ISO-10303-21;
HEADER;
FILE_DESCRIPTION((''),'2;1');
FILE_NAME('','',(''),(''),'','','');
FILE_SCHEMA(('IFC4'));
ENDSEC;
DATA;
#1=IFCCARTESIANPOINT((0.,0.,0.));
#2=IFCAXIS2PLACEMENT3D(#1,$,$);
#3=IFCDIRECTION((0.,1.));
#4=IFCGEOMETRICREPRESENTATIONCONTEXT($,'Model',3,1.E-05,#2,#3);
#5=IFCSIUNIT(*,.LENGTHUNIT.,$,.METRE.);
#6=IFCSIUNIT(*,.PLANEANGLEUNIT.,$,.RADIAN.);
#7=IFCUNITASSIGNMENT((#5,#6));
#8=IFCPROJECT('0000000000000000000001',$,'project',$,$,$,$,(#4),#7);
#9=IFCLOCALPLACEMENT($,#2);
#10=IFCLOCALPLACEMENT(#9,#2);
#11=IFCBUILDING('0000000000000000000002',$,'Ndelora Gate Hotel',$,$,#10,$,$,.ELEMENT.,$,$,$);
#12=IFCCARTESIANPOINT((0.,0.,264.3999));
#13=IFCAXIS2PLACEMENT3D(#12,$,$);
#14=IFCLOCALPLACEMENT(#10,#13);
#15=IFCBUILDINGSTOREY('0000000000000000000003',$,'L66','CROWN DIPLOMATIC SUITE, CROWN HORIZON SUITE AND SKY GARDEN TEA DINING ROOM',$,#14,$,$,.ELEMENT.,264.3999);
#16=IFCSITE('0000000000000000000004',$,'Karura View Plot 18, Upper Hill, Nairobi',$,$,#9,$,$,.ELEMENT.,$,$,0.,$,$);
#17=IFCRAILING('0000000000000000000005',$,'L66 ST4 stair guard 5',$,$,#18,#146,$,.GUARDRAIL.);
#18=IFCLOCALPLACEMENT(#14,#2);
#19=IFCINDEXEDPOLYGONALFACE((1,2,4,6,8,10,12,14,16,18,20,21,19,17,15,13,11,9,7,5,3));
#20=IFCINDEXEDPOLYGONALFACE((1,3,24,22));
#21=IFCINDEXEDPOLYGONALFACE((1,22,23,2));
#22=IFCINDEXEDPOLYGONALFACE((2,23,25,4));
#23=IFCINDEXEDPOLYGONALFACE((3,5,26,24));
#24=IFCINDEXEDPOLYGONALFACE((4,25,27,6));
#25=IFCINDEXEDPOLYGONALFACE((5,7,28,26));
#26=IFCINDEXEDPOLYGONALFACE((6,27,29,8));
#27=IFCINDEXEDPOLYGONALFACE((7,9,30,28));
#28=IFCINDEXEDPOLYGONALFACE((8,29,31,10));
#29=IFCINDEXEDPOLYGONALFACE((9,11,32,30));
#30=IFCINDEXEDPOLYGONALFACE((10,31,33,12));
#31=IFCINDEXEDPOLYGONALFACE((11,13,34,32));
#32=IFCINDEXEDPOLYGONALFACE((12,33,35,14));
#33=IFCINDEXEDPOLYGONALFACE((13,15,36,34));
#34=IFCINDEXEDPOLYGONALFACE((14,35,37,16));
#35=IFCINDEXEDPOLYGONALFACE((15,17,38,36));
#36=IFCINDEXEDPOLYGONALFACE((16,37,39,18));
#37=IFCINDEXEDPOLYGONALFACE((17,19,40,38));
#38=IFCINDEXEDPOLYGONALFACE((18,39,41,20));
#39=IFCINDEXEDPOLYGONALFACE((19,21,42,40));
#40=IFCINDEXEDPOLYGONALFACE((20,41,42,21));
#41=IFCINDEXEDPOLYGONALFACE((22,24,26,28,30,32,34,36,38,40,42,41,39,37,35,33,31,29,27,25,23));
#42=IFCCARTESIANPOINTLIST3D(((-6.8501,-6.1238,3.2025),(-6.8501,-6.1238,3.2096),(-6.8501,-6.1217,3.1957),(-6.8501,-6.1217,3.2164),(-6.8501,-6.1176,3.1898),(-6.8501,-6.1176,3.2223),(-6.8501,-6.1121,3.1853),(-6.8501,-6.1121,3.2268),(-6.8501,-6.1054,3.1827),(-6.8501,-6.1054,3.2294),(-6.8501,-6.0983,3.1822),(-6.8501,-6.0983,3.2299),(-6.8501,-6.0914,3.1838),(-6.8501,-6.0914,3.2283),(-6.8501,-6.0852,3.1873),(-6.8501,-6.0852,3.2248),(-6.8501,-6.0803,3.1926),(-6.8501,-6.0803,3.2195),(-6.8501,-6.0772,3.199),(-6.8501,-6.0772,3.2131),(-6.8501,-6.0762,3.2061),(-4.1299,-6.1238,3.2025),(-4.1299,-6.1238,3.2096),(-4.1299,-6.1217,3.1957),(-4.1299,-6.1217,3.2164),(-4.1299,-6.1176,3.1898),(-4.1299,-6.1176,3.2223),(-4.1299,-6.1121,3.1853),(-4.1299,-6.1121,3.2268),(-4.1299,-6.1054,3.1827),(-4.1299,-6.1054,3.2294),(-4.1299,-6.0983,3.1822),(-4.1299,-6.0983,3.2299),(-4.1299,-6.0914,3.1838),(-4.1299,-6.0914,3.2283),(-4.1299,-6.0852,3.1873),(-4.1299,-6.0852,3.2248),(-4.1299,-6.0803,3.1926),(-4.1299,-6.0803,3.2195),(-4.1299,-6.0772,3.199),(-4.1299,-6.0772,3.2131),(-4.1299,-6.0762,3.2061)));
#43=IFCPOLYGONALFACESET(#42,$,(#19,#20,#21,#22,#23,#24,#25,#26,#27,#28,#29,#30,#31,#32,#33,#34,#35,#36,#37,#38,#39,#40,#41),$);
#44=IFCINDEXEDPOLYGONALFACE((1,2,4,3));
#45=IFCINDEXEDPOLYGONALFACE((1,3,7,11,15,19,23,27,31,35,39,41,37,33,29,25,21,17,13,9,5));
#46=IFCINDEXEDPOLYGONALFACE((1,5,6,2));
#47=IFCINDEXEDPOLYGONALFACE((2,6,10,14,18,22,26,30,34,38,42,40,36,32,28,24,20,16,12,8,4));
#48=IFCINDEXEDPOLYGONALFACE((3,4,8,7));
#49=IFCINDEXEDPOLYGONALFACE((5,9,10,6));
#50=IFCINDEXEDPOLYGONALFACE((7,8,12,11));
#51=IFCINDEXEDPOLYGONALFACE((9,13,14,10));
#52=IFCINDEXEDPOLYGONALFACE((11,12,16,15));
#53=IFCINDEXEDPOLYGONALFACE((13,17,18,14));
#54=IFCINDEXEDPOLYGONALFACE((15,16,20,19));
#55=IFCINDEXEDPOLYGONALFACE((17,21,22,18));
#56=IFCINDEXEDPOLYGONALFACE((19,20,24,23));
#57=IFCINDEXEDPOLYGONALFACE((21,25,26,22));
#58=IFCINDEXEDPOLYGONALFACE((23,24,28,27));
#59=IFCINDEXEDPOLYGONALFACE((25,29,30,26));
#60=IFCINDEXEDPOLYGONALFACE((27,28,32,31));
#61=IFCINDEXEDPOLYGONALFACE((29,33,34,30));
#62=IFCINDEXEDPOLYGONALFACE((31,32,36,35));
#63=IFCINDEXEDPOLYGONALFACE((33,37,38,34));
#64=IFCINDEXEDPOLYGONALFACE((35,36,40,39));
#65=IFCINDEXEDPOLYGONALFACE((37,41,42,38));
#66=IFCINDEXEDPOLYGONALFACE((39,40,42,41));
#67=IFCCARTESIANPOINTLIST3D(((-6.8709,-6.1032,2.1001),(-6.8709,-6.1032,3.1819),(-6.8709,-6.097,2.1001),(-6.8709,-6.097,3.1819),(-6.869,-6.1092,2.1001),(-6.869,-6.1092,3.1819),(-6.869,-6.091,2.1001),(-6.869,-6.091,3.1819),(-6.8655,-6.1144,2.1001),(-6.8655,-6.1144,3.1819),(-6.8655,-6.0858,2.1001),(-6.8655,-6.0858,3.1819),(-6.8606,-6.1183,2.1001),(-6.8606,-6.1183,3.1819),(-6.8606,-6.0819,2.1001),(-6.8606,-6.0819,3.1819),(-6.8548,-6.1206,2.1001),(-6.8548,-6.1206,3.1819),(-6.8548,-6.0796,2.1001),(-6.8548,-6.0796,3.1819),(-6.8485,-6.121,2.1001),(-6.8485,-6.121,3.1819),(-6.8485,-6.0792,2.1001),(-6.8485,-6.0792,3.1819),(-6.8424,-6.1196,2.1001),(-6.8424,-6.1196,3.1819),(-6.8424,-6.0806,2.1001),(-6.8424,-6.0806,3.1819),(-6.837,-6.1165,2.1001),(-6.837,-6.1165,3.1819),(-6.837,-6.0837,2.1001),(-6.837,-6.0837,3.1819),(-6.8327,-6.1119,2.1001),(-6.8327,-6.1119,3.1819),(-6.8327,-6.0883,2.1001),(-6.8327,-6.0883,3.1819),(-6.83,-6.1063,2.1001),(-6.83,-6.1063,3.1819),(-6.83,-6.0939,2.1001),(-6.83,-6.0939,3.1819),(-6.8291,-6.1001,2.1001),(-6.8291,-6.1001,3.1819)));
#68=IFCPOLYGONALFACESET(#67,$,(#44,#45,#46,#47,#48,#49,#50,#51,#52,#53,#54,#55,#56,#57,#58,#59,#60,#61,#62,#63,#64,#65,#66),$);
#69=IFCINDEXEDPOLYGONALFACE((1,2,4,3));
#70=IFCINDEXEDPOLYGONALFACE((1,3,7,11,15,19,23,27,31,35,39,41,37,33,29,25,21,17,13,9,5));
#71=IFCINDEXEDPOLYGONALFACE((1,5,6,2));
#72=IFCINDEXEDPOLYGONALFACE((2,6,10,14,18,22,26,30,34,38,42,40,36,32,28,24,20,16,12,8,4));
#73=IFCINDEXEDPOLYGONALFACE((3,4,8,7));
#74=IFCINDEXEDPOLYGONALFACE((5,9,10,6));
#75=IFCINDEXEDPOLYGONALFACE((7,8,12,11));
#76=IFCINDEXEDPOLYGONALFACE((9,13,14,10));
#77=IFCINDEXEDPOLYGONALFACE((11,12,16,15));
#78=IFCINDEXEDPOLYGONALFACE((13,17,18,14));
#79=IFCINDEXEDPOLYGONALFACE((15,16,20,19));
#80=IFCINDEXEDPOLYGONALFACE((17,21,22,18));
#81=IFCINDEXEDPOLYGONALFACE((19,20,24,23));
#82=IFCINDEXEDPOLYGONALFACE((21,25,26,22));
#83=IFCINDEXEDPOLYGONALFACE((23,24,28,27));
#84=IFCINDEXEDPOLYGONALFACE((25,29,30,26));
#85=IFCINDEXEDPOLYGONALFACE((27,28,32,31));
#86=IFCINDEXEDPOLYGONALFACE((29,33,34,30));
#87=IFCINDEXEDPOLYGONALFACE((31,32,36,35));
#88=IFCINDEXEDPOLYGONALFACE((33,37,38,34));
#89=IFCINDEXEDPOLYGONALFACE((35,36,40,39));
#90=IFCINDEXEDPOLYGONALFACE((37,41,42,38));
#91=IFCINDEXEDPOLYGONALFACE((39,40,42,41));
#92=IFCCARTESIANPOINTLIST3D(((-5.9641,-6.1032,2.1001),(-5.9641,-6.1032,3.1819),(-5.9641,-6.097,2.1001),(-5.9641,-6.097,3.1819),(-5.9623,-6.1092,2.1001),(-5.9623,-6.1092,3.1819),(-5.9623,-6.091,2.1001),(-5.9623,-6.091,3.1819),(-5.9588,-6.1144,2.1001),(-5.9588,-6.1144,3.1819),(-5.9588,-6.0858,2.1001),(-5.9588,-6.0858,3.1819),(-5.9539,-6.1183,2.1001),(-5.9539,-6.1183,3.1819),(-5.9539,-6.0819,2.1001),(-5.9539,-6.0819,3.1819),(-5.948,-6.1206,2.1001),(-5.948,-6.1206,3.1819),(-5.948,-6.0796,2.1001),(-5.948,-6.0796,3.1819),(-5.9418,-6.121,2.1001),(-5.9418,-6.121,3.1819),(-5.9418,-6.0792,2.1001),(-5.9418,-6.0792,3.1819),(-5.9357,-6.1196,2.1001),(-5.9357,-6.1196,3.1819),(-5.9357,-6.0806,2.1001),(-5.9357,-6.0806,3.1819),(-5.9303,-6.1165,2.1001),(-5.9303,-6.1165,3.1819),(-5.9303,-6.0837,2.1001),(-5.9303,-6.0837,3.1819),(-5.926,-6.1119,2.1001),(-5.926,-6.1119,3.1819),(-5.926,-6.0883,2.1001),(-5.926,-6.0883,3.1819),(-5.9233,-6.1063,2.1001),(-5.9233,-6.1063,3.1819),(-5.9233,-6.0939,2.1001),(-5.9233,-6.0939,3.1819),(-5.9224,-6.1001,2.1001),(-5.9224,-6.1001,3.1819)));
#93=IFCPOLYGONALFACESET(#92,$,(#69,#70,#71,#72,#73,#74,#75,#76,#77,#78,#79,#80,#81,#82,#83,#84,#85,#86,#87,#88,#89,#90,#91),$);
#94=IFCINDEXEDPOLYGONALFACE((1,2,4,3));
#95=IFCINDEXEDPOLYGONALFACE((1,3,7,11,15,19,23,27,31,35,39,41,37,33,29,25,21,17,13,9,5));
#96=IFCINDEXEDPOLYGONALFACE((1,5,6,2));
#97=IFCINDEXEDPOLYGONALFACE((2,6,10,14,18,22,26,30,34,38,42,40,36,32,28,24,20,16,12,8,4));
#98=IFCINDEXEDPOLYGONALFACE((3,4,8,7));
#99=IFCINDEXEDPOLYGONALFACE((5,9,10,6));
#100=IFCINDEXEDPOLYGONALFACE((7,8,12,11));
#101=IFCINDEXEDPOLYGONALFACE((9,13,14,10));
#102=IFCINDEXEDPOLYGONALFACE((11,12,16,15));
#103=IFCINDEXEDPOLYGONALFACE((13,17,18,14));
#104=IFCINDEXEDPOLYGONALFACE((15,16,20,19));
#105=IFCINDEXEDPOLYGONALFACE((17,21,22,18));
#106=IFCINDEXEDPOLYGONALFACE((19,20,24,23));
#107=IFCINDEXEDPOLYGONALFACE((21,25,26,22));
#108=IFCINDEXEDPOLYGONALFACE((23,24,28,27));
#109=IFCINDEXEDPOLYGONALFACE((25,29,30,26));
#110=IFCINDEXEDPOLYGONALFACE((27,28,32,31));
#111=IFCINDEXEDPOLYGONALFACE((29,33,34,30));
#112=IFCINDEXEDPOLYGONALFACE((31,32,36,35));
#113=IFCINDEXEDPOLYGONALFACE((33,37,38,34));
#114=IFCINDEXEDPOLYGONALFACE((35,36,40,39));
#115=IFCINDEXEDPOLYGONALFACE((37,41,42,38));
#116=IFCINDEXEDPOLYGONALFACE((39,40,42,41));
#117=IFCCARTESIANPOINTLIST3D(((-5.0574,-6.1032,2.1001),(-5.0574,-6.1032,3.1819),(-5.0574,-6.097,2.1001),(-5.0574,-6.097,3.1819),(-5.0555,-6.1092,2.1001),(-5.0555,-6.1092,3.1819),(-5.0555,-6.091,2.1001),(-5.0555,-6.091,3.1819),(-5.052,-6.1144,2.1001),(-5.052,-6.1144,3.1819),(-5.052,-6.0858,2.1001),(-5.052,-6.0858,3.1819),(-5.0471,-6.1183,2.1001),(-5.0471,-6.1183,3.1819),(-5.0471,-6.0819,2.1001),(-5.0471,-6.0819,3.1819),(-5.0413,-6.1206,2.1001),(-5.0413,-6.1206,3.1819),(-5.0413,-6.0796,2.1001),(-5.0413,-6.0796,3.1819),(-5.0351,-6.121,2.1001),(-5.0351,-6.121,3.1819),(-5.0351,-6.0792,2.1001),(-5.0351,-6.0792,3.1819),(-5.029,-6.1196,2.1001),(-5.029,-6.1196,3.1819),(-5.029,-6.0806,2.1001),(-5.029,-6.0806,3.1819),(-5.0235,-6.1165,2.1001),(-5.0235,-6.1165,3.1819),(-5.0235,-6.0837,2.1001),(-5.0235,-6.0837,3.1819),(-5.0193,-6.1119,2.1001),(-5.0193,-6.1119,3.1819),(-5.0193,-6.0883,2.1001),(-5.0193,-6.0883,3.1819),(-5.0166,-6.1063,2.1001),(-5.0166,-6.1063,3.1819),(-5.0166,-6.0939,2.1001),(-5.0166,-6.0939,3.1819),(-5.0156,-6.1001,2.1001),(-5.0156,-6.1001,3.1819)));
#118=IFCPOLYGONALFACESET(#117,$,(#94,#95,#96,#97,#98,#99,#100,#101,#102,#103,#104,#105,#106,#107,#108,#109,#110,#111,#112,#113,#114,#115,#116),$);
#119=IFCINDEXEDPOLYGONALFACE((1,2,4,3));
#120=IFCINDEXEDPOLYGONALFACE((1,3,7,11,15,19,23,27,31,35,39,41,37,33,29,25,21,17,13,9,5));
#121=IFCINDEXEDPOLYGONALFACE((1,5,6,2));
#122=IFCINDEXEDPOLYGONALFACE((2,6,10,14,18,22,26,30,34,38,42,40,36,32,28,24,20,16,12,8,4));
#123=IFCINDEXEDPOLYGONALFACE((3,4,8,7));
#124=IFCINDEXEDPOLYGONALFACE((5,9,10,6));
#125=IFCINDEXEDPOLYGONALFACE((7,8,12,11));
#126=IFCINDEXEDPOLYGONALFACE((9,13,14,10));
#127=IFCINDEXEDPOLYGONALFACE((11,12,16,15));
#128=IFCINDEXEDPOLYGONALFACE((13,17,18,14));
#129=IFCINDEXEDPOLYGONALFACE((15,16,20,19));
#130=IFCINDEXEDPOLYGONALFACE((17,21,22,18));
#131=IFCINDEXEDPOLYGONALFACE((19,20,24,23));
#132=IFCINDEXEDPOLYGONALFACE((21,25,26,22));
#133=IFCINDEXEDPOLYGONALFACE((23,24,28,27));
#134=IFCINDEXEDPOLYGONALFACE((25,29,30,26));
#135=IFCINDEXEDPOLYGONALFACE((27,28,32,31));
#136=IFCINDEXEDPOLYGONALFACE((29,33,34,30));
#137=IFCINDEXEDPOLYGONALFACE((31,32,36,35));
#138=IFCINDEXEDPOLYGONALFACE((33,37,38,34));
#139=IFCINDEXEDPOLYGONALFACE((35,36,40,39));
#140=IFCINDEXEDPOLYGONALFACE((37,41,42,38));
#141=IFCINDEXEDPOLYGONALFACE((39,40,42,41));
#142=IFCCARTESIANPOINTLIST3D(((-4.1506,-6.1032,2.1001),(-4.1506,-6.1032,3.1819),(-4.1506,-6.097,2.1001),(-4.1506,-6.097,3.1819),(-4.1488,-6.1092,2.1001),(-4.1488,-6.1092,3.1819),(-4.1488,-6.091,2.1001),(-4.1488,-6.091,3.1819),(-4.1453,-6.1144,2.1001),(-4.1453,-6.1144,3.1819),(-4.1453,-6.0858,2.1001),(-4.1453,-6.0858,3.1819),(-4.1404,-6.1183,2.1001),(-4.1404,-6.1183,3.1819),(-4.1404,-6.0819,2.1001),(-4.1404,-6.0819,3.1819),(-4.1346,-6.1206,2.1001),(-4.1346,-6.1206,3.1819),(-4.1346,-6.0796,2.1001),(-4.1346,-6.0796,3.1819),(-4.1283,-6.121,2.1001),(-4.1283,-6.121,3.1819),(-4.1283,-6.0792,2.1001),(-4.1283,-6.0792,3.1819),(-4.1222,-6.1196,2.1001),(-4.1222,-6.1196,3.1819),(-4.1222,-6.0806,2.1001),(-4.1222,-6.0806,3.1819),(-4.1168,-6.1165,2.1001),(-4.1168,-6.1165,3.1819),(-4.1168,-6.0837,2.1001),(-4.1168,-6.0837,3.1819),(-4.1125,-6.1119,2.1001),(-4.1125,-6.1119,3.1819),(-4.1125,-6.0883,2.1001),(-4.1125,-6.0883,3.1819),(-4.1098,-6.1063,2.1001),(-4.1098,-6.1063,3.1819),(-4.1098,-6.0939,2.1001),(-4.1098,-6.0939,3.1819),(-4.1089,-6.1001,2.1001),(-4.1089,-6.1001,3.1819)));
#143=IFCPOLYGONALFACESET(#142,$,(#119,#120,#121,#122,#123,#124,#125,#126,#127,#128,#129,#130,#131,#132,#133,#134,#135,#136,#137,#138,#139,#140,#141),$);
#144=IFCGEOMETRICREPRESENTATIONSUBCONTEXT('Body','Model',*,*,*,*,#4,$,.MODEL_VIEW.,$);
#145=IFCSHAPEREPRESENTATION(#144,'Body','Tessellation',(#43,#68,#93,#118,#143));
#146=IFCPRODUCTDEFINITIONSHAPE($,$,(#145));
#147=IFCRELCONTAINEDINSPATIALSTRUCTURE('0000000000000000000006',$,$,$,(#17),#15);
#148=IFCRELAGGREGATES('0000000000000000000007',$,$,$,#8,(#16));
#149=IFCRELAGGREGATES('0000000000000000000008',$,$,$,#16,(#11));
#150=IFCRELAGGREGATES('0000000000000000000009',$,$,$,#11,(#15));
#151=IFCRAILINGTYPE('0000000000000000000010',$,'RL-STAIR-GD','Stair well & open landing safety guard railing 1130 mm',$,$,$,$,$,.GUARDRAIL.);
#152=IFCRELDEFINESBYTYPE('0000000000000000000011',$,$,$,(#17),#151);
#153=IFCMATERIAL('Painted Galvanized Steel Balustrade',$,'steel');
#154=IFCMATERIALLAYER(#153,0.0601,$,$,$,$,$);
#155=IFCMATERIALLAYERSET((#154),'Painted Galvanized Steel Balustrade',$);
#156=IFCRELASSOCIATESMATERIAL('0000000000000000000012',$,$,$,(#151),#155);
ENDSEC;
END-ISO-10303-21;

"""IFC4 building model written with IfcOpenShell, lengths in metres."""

from ifc_helpers import new_model, si_unit, direction, frame, origin, origin_2d, place, context, subcontext, project, spatial, circle, extrude, material, layer, layer_set, type_object, element, save


model = new_model("IFC4")

# Units and contexts
model_context = context("Model", 3, precision=1e-05, world=origin(), true_north=direction((0.0, 1.0)))
body_context = subcontext(model_context, "Body", "Model", "MODEL_VIEW")
ifc_project = project(units=[si_unit("LENGTHUNIT", "METRE"), si_unit("PLANEANGLEUNIT", "RADIAN")], contexts=[model_context])

# Site, building, storey
site_placement = place(None, origin())
site = spatial("IfcSite", under=ifc_project, at=site_placement, Name="Karura View Plot 18, Upper Hill, Nairobi", CompositionType="ELEMENT", RefElevation=0.0)
building_placement = place(site_placement, origin())
building = spatial("IfcBuilding", under=site, at=building_placement, Name="Ndelora Gate Hotel", CompositionType="ELEMENT")
storey_placement = place(building_placement, frame((0.0, 0.0, 264.3999)))
storey = spatial("IfcBuildingStorey", under=building, at=storey_placement, Name="L66", Description="CROWN DIPLOMATIC SUITE, CROWN HORIZON SUITE AND SKY GARDEN TEA DINING ROOM", CompositionType="ELEMENT", Elevation=264.3999)

# Railing
ifc_material_1 = material(Name="Painted Galvanized Steel Balustrade", Category="steel")
ifc_layer_1 = layer(ifc_material_1, 0.0601)
ifc_layer_set_1 = layer_set([ifc_layer_1], Name="Painted Galvanized Steel Balustrade")
railing_type_1 = type_object("IfcRailingType", Name="RL-STAIR-GD", Description="Stair well & open landing safety guard railing 1130 mm", PredefinedType="GUARDRAIL", material=ifc_layer_set_1)
railing_1_placement = place(storey_placement, frame((-6.8501, -6.1001, 2.1001)))
element("IfcRailing", 1, at=railing_1_placement, inside=storey, type_object=railing_type_1, Name="L66 ST4 stair guard 5", PredefinedType="GUARDRAIL", context=body_context, shape_type="SweptSolid", body=[
    extrude(circle(Radius=0.0239, at=origin_2d()), frame((0.0, 0.0, 1.106), z_axis=(1.0, 0.0, 0.0), x_axis=(0.0, 1.0, 0.0)), (0.0, 0.0, 1.0), 2.7202),
    extrude(circle(Radius=0.021, at=origin_2d()), origin(), (0.0, 0.0, 1.0), 1.0818),
    extrude(circle(Radius=0.021, at=origin_2d()), frame((0.9067, 0.0, 0.0)), (0.0, 0.0, 1.0), 1.0818),
    extrude(circle(Radius=0.021, at=origin_2d()), frame((1.8135, 0.0, 0.0)), (0.0, 0.0, 1.0), 1.0818),
    extrude(circle(Radius=0.021, at=origin_2d()), frame((2.7202, 0.0, 0.0)), (0.0, 0.0, 1.0), 1.0818),
])

save(model, "model.ifc")
